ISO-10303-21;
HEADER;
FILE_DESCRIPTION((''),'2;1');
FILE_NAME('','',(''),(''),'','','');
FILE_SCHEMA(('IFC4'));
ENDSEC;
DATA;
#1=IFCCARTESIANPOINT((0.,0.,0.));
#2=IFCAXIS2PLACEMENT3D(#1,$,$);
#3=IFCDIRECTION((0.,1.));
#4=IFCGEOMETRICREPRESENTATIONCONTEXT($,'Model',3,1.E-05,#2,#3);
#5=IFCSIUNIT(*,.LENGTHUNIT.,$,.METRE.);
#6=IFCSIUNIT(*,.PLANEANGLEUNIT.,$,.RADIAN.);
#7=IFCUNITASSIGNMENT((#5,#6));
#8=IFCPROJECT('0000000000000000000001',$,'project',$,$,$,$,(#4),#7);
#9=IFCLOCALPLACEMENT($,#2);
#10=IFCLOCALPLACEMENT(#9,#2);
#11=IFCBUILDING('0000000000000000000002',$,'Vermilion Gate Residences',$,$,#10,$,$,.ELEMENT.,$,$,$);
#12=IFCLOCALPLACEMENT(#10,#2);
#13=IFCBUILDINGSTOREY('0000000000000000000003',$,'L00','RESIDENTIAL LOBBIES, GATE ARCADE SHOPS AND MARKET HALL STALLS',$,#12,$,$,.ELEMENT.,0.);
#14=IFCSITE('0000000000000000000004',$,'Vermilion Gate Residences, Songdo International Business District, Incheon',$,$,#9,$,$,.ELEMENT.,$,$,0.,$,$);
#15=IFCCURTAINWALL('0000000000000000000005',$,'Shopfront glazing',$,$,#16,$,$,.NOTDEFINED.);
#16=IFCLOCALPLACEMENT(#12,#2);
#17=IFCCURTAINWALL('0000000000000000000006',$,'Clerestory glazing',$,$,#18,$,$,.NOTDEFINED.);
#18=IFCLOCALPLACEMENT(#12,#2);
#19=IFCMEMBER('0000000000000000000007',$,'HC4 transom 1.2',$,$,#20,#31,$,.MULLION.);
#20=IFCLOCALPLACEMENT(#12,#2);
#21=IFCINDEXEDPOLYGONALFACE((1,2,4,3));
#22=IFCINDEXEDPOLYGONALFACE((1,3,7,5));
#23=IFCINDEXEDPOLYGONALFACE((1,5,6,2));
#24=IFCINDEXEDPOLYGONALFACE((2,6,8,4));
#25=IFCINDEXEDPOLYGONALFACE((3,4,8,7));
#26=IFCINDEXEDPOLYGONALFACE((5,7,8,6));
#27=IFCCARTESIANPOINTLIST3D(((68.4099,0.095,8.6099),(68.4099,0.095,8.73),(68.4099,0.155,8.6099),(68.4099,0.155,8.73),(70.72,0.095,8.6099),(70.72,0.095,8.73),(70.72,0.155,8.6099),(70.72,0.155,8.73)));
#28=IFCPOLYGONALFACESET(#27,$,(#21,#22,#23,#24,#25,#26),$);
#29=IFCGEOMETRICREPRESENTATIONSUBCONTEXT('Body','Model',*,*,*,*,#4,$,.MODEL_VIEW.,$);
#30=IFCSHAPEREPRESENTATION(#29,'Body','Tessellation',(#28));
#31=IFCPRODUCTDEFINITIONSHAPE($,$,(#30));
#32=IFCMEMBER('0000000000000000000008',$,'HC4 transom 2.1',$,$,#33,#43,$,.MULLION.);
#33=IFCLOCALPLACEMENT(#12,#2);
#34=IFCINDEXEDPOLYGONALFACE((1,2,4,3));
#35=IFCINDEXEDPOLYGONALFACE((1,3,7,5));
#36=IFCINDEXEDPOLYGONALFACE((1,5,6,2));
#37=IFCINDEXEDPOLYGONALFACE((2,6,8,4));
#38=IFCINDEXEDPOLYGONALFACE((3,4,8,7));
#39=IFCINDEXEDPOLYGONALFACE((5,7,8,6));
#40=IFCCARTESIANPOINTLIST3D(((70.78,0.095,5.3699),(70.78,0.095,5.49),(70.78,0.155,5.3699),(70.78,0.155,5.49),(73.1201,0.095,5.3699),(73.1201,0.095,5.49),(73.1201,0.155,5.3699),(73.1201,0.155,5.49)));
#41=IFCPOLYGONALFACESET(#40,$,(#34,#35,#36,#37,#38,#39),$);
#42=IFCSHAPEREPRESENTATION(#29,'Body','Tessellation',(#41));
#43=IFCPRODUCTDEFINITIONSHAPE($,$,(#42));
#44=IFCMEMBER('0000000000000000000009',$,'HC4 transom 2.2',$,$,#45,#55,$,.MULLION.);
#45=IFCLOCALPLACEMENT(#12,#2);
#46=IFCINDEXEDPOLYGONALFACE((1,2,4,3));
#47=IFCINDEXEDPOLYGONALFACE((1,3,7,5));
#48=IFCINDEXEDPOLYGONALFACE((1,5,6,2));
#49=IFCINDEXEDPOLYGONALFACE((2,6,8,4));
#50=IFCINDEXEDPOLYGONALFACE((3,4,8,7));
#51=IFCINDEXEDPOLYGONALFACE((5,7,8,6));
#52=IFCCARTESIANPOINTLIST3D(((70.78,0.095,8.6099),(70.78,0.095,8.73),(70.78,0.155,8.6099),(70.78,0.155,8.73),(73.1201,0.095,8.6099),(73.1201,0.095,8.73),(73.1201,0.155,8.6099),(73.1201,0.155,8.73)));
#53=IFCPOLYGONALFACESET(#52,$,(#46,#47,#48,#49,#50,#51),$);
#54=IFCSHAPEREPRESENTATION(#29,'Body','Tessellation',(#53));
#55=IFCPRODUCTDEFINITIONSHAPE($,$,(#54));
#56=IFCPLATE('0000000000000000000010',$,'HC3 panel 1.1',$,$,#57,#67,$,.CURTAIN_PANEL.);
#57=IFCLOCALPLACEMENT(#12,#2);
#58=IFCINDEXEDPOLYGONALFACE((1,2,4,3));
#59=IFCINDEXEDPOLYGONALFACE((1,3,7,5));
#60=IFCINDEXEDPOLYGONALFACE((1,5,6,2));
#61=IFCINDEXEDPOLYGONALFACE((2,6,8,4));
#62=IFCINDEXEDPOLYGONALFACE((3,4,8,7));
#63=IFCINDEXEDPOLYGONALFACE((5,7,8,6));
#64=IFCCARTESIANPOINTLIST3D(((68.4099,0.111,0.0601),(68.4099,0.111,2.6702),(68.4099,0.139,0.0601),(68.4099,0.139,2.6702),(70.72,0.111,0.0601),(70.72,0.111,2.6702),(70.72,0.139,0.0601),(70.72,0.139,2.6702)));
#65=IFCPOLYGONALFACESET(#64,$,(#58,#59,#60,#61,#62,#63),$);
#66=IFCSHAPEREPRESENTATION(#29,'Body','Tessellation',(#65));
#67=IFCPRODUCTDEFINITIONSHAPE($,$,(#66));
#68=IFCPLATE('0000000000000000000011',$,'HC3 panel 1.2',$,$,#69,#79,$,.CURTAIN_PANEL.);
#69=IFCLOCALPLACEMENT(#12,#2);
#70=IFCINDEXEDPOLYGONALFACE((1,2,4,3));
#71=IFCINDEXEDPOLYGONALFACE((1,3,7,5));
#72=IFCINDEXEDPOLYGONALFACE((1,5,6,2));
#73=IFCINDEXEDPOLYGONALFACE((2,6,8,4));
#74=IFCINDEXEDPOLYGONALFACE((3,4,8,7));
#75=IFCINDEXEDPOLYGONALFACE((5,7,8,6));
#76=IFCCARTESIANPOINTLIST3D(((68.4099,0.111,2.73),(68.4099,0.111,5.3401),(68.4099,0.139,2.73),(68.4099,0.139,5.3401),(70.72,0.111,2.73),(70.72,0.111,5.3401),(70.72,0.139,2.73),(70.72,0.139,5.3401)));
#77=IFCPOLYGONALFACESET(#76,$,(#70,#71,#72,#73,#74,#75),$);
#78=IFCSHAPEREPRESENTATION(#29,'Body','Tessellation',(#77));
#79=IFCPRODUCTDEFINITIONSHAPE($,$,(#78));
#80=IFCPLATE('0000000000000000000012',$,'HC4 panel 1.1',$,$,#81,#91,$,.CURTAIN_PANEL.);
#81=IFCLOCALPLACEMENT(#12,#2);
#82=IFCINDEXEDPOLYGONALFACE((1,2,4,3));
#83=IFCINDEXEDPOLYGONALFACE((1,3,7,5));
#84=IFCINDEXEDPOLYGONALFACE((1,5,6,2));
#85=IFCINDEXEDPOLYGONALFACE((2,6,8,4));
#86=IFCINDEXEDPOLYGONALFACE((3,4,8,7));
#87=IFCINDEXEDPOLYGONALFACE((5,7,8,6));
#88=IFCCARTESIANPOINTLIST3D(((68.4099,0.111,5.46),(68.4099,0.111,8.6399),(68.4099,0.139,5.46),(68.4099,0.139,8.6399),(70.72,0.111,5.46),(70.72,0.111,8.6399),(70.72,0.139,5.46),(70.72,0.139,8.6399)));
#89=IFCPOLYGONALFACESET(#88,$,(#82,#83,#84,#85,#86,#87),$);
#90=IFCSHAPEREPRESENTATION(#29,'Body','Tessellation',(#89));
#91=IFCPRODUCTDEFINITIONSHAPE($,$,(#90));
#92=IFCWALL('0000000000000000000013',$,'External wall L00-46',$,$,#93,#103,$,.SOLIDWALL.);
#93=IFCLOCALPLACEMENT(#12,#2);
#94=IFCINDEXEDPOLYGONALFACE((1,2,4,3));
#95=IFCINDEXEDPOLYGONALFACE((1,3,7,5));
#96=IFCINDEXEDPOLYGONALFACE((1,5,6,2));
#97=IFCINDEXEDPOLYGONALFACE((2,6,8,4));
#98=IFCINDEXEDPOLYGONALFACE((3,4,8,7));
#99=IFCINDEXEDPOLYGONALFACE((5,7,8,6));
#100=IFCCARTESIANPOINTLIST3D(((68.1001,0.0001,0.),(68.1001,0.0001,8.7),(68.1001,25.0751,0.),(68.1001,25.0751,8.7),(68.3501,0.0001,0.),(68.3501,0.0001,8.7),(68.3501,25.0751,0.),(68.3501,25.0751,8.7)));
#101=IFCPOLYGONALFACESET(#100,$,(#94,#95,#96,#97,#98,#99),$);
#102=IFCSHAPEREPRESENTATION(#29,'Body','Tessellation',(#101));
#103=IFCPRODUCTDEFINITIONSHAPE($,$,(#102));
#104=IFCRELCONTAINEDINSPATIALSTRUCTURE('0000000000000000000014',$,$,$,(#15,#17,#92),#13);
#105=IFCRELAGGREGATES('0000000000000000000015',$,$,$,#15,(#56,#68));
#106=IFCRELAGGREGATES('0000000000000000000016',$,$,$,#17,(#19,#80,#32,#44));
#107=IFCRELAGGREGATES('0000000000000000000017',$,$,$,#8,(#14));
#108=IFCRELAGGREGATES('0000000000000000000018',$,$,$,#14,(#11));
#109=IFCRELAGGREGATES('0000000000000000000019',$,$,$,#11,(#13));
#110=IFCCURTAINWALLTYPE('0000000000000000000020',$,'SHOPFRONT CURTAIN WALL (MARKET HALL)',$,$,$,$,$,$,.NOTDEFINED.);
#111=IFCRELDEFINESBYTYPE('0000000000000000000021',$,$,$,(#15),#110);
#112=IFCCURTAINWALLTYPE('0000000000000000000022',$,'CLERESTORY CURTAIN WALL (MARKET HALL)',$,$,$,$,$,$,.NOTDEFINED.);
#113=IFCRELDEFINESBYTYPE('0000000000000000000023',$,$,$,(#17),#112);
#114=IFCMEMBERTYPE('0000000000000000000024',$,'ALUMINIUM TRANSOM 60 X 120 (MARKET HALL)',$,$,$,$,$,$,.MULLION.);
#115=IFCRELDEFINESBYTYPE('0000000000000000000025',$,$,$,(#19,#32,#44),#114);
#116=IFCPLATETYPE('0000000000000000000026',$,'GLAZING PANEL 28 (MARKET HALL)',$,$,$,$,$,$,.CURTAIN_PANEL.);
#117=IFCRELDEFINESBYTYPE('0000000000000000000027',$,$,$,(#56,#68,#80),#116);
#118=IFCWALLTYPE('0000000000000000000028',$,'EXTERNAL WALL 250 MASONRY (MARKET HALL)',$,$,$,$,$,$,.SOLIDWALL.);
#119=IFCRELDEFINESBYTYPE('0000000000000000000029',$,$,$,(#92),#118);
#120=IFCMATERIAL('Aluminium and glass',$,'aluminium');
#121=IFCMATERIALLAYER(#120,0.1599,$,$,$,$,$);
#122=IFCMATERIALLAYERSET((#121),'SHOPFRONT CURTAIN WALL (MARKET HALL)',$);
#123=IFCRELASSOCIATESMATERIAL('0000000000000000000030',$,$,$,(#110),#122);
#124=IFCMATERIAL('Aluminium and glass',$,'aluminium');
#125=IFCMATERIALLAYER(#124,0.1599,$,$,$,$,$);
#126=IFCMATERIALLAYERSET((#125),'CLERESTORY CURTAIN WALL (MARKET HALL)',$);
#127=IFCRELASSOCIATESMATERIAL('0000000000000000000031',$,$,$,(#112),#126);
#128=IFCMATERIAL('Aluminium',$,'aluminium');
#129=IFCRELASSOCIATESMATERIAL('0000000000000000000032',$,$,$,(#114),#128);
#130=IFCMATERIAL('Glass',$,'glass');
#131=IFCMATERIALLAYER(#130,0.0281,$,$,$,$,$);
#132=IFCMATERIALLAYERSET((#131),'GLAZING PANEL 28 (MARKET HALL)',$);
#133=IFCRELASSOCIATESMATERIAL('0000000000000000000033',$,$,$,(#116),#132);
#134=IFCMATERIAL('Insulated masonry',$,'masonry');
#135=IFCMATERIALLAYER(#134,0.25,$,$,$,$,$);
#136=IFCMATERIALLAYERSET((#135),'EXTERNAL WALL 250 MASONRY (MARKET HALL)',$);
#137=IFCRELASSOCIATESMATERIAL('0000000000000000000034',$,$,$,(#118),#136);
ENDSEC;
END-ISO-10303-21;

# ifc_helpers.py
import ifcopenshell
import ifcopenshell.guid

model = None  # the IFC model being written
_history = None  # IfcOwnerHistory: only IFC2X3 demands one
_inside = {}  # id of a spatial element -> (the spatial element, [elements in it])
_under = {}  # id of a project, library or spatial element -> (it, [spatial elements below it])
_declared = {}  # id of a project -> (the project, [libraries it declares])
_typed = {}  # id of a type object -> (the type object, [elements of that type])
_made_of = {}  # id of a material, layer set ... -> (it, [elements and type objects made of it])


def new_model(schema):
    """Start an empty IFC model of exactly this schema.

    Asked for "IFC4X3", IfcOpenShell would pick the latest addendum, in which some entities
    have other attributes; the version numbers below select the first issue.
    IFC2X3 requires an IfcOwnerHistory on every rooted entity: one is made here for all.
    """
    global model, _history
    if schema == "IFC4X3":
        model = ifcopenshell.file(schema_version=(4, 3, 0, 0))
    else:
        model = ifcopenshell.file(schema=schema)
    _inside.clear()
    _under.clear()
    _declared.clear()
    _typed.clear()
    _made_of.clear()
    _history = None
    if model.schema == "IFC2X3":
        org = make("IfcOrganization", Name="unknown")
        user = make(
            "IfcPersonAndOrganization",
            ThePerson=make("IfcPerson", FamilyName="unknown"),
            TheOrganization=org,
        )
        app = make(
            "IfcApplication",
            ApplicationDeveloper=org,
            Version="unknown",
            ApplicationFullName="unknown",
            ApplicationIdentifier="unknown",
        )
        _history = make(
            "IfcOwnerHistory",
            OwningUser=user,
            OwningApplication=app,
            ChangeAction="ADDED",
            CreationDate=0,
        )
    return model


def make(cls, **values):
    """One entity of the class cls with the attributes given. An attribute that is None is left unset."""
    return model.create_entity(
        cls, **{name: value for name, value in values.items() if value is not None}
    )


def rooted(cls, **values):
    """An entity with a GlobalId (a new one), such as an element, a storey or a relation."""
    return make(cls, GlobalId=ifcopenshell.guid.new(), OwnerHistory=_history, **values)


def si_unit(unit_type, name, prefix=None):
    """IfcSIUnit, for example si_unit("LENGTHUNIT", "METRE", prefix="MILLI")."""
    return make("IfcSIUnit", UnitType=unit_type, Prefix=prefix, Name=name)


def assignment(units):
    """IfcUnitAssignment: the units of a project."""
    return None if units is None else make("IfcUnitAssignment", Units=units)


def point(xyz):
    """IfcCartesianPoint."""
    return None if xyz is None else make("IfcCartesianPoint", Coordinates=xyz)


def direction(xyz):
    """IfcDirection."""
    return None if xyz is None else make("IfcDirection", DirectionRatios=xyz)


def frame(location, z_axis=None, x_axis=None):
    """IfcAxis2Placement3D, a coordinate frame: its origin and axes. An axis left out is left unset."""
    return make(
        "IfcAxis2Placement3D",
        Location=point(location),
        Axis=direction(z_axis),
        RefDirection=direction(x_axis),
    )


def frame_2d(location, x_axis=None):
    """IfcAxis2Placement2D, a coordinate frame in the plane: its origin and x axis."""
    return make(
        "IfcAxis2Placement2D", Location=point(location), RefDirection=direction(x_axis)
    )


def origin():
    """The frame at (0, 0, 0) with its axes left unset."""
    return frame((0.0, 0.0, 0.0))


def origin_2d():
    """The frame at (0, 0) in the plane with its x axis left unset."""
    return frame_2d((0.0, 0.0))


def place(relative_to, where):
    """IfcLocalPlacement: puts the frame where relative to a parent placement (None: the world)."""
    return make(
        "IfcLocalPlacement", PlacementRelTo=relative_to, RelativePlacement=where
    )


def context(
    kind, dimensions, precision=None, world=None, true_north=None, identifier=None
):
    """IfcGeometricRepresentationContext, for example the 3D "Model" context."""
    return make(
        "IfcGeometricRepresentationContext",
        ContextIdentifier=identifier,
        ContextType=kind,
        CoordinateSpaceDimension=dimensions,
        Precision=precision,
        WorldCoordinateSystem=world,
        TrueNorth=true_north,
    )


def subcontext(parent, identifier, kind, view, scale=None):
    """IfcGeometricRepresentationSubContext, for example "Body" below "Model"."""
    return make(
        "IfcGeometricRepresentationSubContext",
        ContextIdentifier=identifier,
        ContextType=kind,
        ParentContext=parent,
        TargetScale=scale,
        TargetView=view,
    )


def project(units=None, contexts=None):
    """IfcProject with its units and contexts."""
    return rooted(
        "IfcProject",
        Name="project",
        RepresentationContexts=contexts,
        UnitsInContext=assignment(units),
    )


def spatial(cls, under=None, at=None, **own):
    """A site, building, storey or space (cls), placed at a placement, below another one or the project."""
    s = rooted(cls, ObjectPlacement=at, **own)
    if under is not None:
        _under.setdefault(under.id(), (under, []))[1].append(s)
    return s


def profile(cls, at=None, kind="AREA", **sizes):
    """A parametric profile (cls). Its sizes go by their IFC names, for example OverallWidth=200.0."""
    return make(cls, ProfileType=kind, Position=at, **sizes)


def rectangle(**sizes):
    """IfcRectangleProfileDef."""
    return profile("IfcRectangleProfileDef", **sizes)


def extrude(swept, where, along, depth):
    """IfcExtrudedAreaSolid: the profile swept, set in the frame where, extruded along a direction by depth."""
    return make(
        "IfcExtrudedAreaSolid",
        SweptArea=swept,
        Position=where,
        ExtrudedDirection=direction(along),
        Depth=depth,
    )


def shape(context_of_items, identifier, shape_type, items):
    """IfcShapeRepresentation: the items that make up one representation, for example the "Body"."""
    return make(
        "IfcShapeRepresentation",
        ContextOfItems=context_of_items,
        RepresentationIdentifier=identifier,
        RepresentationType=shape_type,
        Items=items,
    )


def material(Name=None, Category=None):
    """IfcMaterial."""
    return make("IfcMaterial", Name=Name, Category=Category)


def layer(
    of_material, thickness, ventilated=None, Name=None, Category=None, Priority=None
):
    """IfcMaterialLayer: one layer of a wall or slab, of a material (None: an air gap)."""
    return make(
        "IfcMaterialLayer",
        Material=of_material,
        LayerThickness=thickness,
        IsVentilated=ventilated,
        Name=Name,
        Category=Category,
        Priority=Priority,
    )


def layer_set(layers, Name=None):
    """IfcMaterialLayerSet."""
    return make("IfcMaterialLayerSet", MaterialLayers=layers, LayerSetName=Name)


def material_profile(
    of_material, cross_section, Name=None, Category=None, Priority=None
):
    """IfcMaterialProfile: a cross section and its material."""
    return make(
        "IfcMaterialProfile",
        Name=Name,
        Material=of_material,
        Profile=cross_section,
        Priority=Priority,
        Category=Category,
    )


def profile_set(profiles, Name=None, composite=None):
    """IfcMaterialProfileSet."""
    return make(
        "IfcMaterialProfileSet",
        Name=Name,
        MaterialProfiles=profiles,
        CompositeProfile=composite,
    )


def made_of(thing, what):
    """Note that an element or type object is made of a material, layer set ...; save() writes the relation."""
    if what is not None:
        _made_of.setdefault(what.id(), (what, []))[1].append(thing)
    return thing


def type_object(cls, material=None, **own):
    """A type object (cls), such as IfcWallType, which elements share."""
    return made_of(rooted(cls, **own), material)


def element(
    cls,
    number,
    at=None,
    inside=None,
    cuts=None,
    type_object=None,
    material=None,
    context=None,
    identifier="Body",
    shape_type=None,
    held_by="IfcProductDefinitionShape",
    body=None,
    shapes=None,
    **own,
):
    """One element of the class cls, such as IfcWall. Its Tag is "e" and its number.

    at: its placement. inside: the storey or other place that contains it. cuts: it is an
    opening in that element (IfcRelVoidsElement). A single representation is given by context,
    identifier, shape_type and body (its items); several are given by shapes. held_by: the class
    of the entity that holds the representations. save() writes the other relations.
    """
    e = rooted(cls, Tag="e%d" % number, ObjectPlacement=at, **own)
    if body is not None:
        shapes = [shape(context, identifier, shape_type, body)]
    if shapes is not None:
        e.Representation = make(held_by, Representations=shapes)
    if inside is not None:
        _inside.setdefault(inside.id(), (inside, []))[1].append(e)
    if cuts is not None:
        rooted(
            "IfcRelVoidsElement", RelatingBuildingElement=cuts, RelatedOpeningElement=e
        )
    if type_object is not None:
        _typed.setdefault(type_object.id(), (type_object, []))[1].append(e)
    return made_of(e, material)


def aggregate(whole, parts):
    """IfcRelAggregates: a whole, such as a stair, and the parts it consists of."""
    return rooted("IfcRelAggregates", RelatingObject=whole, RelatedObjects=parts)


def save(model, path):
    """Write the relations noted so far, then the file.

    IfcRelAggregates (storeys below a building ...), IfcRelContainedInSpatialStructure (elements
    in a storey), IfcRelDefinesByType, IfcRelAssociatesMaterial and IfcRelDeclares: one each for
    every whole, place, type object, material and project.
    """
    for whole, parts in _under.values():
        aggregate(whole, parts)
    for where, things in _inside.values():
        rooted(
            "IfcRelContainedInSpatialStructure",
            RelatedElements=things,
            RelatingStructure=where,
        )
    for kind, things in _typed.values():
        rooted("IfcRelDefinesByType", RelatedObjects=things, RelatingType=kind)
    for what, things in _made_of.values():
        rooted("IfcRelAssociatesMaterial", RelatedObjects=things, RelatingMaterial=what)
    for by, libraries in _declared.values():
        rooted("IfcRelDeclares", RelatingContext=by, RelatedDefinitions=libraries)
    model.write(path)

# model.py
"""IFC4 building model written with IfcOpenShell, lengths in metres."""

from ifc_helpers import new_model, si_unit, direction, frame, frame_2d, origin, origin_2d, place, context, subcontext, project, spatial, rectangle, extrude, material, layer, layer_set, material_profile, profile_set, type_object, element, aggregate, save


model = new_model("IFC4")

# Units and contexts
model_context = context("Model", 3, precision=1e-05, world=origin(), true_north=direction((0.0, 1.0)))
body_context = subcontext(model_context, "Body", "Model", "MODEL_VIEW")
ifc_project = project(units=[si_unit("LENGTHUNIT", "METRE"), si_unit("PLANEANGLEUNIT", "RADIAN")], contexts=[model_context])

# Site, building, storey
site_placement = place(None, origin())
site = spatial("IfcSite", under=ifc_project, at=site_placement, Name="Vermilion Gate Residences, Songdo International Business District, Incheon", CompositionType="ELEMENT", RefElevation=0.0)
building_placement = place(site_placement, origin())
building = spatial("IfcBuilding", under=site, at=building_placement, Name="Vermilion Gate Residences", CompositionType="ELEMENT")
storey_placement = place(building_placement, origin())
storey = spatial("IfcBuildingStorey", under=building, at=storey_placement, Name="L00", Description="RESIDENTIAL LOBBIES, GATE ARCADE SHOPS AND MARKET HALL STALLS", CompositionType="ELEMENT", Elevation=0.0)

# Curtain walls
ifc_material_1 = material(Name="Aluminium and glass", Category="aluminium")
ifc_layer_1 = layer(ifc_material_1, 0.1599)
ifc_layer_set_1 = layer_set([ifc_layer_1], Name="SHOPFRONT CURTAIN WALL (MARKET HALL)")
curtain_wall_type_1 = type_object("IfcCurtainWallType", Name="SHOPFRONT CURTAIN WALL (MARKET HALL)", PredefinedType="NOTDEFINED", material=ifc_layer_set_1)
curtain_wall_1_placement = place(storey_placement, origin())
curtain_wall_1 = element("IfcCurtainWall", 1, at=curtain_wall_1_placement, inside=storey, type_object=curtain_wall_type_1, Name="Shopfront glazing", PredefinedType="NOTDEFINED")
ifc_material_2 = material(Name="Aluminium and glass", Category="aluminium")
ifc_layer_2 = layer(ifc_material_2, 0.1599)
ifc_layer_set_2 = layer_set([ifc_layer_2], Name="CLERESTORY CURTAIN WALL (MARKET HALL)")
curtain_wall_type_2 = type_object("IfcCurtainWallType", Name="CLERESTORY CURTAIN WALL (MARKET HALL)", PredefinedType="NOTDEFINED", material=ifc_layer_set_2)
curtain_wall_2_placement = place(storey_placement, origin())
curtain_wall_2 = element("IfcCurtainWall", 2, at=curtain_wall_2_placement, inside=storey, type_object=curtain_wall_type_2, Name="Clerestory glazing", PredefinedType="NOTDEFINED")

# Members
ifc_material_3 = material(Name="Aluminium", Category="aluminium")
ifc_material_profile_1 = material_profile(ifc_material_3, rectangle(XDim=0.0601, YDim=0.1201, at=origin_2d()), Name="ALUMINIUM TRANSOM 60 X 120 (MARKET HALL)")
ifc_profile_set_1 = profile_set([ifc_material_profile_1], Name="Aluminium")
member_type_1 = type_object("IfcMemberType", Name="ALUMINIUM TRANSOM 60 X 120 (MARKET HALL)", PredefinedType="MULLION", material=ifc_profile_set_1)
member_1_placement = place(storey_placement, frame((68.4099, 0.125, 8.6699), z_axis=(1.0, 0.0, 0.0), x_axis=(0.0, 1.0, 0.0)))
member_1 = element("IfcMember", 3, at=member_1_placement, type_object=member_type_1, Name="HC4 transom 1.2", PredefinedType="MULLION", context=body_context, shape_type="SweptSolid", body=[
    extrude(rectangle(XDim=0.0601, YDim=0.1201, at=origin_2d()), origin(), (0.0, 0.0, 1.0), 2.3101),
])
member_2_placement = place(storey_placement, frame((70.78, 0.125, 5.4299), z_axis=(1.0, 0.0, 0.0), x_axis=(0.0, 1.0, 0.0)))
member_2 = element("IfcMember", 4, at=member_2_placement, type_object=member_type_1, Name="HC4 transom 2.1", PredefinedType="MULLION", context=body_context, shape_type="SweptSolid", body=[
    extrude(rectangle(XDim=0.0601, YDim=0.1201, at=origin_2d()), origin(), (0.0, 0.0, 1.0), 2.3401),
])
member_3_placement = place(storey_placement, frame((70.78, 0.125, 8.6699), z_axis=(1.0, 0.0, 0.0), x_axis=(0.0, 1.0, 0.0)))
member_3 = element("IfcMember", 5, at=member_3_placement, type_object=member_type_1, Name="HC4 transom 2.2", PredefinedType="MULLION", context=body_context, shape_type="SweptSolid", body=[
    extrude(rectangle(XDim=0.0601, YDim=0.1201, at=origin_2d()), origin(), (0.0, 0.0, 1.0), 2.3401),
])

# Plates
ifc_material_4 = material(Name="Glass", Category="glass")
ifc_layer_3 = layer(ifc_material_4, 0.0281)
ifc_layer_set_3 = layer_set([ifc_layer_3], Name="GLAZING PANEL 28 (MARKET HALL)")
plate_type = type_object("IfcPlateType", Name="GLAZING PANEL 28 (MARKET HALL)", PredefinedType="CURTAIN_PANEL", material=ifc_layer_set_3)
plate_1_placement = place(storey_placement, frame((69.5649, 0.125, 0.0601), z_axis=(0.0, 0.0, 1.0), x_axis=(1.0, 0.0, 0.0)))
plate_1 = element("IfcPlate", 6, at=plate_1_placement, type_object=plate_type, Name="HC3 panel 1.1", PredefinedType="CURTAIN_PANEL", context=body_context, shape_type="SweptSolid", body=[
    extrude(rectangle(XDim=2.3101, YDim=0.0281, at=origin_2d()), origin(), (0.0, 0.0, 1.0), 2.6101),
])
plate_2_placement = place(storey_placement, frame((69.5649, 0.125, 2.73), z_axis=(0.0, 0.0, 1.0), x_axis=(1.0, 0.0, 0.0)))
plate_2 = element("IfcPlate", 7, at=plate_2_placement, type_object=plate_type, Name="HC3 panel 1.2", PredefinedType="CURTAIN_PANEL", context=body_context, shape_type="SweptSolid", body=[
    extrude(rectangle(XDim=2.3101, YDim=0.0281, at=origin_2d()), origin(), (0.0, 0.0, 1.0), 2.6101),
])
aggregate(curtain_wall_1, [plate_1, plate_2])
plate_3_placement = place(storey_placement, frame((69.5649, 0.125, 5.46), z_axis=(0.0, 0.0, 1.0), x_axis=(1.0, 0.0, 0.0)))
plate_3 = element("IfcPlate", 8, at=plate_3_placement, type_object=plate_type, Name="HC4 panel 1.1", PredefinedType="CURTAIN_PANEL", context=body_context, shape_type="SweptSolid", body=[
    extrude(rectangle(XDim=2.3101, YDim=0.0281, at=origin_2d()), origin(), (0.0, 0.0, 1.0), 3.1799),
])
aggregate(curtain_wall_2, [member_1, plate_3, member_2, member_3])

# Wall
ifc_material_5 = material(Name="Insulated masonry", Category="masonry")
ifc_layer_4 = layer(ifc_material_5, 0.25)
ifc_layer_set_4 = layer_set([ifc_layer_4], Name="EXTERNAL WALL 250 MASONRY (MARKET HALL)")
wall_type = type_object("IfcWallType", Name="EXTERNAL WALL 250 MASONRY (MARKET HALL)", PredefinedType="SOLIDWALL", material=ifc_layer_set_4)
wall_placement = place(storey_placement, frame((68.2251, 0.0, 0.0), z_axis=(0.0, 0.0, 1.0), x_axis=(0.0, 1.0, 0.0)))
element("IfcWall", 9, at=wall_placement, inside=storey, type_object=wall_type, Name="External wall L00-46", PredefinedType="SOLIDWALL", context=body_context, shape_type="SweptSolid", body=[
    extrude(rectangle(XDim=25.075, YDim=0.25, at=frame_2d((12.5376, 0.0))), origin(), (0.0, 0.0, 1.0), 8.7),
])

save(model, "model.ifc")
